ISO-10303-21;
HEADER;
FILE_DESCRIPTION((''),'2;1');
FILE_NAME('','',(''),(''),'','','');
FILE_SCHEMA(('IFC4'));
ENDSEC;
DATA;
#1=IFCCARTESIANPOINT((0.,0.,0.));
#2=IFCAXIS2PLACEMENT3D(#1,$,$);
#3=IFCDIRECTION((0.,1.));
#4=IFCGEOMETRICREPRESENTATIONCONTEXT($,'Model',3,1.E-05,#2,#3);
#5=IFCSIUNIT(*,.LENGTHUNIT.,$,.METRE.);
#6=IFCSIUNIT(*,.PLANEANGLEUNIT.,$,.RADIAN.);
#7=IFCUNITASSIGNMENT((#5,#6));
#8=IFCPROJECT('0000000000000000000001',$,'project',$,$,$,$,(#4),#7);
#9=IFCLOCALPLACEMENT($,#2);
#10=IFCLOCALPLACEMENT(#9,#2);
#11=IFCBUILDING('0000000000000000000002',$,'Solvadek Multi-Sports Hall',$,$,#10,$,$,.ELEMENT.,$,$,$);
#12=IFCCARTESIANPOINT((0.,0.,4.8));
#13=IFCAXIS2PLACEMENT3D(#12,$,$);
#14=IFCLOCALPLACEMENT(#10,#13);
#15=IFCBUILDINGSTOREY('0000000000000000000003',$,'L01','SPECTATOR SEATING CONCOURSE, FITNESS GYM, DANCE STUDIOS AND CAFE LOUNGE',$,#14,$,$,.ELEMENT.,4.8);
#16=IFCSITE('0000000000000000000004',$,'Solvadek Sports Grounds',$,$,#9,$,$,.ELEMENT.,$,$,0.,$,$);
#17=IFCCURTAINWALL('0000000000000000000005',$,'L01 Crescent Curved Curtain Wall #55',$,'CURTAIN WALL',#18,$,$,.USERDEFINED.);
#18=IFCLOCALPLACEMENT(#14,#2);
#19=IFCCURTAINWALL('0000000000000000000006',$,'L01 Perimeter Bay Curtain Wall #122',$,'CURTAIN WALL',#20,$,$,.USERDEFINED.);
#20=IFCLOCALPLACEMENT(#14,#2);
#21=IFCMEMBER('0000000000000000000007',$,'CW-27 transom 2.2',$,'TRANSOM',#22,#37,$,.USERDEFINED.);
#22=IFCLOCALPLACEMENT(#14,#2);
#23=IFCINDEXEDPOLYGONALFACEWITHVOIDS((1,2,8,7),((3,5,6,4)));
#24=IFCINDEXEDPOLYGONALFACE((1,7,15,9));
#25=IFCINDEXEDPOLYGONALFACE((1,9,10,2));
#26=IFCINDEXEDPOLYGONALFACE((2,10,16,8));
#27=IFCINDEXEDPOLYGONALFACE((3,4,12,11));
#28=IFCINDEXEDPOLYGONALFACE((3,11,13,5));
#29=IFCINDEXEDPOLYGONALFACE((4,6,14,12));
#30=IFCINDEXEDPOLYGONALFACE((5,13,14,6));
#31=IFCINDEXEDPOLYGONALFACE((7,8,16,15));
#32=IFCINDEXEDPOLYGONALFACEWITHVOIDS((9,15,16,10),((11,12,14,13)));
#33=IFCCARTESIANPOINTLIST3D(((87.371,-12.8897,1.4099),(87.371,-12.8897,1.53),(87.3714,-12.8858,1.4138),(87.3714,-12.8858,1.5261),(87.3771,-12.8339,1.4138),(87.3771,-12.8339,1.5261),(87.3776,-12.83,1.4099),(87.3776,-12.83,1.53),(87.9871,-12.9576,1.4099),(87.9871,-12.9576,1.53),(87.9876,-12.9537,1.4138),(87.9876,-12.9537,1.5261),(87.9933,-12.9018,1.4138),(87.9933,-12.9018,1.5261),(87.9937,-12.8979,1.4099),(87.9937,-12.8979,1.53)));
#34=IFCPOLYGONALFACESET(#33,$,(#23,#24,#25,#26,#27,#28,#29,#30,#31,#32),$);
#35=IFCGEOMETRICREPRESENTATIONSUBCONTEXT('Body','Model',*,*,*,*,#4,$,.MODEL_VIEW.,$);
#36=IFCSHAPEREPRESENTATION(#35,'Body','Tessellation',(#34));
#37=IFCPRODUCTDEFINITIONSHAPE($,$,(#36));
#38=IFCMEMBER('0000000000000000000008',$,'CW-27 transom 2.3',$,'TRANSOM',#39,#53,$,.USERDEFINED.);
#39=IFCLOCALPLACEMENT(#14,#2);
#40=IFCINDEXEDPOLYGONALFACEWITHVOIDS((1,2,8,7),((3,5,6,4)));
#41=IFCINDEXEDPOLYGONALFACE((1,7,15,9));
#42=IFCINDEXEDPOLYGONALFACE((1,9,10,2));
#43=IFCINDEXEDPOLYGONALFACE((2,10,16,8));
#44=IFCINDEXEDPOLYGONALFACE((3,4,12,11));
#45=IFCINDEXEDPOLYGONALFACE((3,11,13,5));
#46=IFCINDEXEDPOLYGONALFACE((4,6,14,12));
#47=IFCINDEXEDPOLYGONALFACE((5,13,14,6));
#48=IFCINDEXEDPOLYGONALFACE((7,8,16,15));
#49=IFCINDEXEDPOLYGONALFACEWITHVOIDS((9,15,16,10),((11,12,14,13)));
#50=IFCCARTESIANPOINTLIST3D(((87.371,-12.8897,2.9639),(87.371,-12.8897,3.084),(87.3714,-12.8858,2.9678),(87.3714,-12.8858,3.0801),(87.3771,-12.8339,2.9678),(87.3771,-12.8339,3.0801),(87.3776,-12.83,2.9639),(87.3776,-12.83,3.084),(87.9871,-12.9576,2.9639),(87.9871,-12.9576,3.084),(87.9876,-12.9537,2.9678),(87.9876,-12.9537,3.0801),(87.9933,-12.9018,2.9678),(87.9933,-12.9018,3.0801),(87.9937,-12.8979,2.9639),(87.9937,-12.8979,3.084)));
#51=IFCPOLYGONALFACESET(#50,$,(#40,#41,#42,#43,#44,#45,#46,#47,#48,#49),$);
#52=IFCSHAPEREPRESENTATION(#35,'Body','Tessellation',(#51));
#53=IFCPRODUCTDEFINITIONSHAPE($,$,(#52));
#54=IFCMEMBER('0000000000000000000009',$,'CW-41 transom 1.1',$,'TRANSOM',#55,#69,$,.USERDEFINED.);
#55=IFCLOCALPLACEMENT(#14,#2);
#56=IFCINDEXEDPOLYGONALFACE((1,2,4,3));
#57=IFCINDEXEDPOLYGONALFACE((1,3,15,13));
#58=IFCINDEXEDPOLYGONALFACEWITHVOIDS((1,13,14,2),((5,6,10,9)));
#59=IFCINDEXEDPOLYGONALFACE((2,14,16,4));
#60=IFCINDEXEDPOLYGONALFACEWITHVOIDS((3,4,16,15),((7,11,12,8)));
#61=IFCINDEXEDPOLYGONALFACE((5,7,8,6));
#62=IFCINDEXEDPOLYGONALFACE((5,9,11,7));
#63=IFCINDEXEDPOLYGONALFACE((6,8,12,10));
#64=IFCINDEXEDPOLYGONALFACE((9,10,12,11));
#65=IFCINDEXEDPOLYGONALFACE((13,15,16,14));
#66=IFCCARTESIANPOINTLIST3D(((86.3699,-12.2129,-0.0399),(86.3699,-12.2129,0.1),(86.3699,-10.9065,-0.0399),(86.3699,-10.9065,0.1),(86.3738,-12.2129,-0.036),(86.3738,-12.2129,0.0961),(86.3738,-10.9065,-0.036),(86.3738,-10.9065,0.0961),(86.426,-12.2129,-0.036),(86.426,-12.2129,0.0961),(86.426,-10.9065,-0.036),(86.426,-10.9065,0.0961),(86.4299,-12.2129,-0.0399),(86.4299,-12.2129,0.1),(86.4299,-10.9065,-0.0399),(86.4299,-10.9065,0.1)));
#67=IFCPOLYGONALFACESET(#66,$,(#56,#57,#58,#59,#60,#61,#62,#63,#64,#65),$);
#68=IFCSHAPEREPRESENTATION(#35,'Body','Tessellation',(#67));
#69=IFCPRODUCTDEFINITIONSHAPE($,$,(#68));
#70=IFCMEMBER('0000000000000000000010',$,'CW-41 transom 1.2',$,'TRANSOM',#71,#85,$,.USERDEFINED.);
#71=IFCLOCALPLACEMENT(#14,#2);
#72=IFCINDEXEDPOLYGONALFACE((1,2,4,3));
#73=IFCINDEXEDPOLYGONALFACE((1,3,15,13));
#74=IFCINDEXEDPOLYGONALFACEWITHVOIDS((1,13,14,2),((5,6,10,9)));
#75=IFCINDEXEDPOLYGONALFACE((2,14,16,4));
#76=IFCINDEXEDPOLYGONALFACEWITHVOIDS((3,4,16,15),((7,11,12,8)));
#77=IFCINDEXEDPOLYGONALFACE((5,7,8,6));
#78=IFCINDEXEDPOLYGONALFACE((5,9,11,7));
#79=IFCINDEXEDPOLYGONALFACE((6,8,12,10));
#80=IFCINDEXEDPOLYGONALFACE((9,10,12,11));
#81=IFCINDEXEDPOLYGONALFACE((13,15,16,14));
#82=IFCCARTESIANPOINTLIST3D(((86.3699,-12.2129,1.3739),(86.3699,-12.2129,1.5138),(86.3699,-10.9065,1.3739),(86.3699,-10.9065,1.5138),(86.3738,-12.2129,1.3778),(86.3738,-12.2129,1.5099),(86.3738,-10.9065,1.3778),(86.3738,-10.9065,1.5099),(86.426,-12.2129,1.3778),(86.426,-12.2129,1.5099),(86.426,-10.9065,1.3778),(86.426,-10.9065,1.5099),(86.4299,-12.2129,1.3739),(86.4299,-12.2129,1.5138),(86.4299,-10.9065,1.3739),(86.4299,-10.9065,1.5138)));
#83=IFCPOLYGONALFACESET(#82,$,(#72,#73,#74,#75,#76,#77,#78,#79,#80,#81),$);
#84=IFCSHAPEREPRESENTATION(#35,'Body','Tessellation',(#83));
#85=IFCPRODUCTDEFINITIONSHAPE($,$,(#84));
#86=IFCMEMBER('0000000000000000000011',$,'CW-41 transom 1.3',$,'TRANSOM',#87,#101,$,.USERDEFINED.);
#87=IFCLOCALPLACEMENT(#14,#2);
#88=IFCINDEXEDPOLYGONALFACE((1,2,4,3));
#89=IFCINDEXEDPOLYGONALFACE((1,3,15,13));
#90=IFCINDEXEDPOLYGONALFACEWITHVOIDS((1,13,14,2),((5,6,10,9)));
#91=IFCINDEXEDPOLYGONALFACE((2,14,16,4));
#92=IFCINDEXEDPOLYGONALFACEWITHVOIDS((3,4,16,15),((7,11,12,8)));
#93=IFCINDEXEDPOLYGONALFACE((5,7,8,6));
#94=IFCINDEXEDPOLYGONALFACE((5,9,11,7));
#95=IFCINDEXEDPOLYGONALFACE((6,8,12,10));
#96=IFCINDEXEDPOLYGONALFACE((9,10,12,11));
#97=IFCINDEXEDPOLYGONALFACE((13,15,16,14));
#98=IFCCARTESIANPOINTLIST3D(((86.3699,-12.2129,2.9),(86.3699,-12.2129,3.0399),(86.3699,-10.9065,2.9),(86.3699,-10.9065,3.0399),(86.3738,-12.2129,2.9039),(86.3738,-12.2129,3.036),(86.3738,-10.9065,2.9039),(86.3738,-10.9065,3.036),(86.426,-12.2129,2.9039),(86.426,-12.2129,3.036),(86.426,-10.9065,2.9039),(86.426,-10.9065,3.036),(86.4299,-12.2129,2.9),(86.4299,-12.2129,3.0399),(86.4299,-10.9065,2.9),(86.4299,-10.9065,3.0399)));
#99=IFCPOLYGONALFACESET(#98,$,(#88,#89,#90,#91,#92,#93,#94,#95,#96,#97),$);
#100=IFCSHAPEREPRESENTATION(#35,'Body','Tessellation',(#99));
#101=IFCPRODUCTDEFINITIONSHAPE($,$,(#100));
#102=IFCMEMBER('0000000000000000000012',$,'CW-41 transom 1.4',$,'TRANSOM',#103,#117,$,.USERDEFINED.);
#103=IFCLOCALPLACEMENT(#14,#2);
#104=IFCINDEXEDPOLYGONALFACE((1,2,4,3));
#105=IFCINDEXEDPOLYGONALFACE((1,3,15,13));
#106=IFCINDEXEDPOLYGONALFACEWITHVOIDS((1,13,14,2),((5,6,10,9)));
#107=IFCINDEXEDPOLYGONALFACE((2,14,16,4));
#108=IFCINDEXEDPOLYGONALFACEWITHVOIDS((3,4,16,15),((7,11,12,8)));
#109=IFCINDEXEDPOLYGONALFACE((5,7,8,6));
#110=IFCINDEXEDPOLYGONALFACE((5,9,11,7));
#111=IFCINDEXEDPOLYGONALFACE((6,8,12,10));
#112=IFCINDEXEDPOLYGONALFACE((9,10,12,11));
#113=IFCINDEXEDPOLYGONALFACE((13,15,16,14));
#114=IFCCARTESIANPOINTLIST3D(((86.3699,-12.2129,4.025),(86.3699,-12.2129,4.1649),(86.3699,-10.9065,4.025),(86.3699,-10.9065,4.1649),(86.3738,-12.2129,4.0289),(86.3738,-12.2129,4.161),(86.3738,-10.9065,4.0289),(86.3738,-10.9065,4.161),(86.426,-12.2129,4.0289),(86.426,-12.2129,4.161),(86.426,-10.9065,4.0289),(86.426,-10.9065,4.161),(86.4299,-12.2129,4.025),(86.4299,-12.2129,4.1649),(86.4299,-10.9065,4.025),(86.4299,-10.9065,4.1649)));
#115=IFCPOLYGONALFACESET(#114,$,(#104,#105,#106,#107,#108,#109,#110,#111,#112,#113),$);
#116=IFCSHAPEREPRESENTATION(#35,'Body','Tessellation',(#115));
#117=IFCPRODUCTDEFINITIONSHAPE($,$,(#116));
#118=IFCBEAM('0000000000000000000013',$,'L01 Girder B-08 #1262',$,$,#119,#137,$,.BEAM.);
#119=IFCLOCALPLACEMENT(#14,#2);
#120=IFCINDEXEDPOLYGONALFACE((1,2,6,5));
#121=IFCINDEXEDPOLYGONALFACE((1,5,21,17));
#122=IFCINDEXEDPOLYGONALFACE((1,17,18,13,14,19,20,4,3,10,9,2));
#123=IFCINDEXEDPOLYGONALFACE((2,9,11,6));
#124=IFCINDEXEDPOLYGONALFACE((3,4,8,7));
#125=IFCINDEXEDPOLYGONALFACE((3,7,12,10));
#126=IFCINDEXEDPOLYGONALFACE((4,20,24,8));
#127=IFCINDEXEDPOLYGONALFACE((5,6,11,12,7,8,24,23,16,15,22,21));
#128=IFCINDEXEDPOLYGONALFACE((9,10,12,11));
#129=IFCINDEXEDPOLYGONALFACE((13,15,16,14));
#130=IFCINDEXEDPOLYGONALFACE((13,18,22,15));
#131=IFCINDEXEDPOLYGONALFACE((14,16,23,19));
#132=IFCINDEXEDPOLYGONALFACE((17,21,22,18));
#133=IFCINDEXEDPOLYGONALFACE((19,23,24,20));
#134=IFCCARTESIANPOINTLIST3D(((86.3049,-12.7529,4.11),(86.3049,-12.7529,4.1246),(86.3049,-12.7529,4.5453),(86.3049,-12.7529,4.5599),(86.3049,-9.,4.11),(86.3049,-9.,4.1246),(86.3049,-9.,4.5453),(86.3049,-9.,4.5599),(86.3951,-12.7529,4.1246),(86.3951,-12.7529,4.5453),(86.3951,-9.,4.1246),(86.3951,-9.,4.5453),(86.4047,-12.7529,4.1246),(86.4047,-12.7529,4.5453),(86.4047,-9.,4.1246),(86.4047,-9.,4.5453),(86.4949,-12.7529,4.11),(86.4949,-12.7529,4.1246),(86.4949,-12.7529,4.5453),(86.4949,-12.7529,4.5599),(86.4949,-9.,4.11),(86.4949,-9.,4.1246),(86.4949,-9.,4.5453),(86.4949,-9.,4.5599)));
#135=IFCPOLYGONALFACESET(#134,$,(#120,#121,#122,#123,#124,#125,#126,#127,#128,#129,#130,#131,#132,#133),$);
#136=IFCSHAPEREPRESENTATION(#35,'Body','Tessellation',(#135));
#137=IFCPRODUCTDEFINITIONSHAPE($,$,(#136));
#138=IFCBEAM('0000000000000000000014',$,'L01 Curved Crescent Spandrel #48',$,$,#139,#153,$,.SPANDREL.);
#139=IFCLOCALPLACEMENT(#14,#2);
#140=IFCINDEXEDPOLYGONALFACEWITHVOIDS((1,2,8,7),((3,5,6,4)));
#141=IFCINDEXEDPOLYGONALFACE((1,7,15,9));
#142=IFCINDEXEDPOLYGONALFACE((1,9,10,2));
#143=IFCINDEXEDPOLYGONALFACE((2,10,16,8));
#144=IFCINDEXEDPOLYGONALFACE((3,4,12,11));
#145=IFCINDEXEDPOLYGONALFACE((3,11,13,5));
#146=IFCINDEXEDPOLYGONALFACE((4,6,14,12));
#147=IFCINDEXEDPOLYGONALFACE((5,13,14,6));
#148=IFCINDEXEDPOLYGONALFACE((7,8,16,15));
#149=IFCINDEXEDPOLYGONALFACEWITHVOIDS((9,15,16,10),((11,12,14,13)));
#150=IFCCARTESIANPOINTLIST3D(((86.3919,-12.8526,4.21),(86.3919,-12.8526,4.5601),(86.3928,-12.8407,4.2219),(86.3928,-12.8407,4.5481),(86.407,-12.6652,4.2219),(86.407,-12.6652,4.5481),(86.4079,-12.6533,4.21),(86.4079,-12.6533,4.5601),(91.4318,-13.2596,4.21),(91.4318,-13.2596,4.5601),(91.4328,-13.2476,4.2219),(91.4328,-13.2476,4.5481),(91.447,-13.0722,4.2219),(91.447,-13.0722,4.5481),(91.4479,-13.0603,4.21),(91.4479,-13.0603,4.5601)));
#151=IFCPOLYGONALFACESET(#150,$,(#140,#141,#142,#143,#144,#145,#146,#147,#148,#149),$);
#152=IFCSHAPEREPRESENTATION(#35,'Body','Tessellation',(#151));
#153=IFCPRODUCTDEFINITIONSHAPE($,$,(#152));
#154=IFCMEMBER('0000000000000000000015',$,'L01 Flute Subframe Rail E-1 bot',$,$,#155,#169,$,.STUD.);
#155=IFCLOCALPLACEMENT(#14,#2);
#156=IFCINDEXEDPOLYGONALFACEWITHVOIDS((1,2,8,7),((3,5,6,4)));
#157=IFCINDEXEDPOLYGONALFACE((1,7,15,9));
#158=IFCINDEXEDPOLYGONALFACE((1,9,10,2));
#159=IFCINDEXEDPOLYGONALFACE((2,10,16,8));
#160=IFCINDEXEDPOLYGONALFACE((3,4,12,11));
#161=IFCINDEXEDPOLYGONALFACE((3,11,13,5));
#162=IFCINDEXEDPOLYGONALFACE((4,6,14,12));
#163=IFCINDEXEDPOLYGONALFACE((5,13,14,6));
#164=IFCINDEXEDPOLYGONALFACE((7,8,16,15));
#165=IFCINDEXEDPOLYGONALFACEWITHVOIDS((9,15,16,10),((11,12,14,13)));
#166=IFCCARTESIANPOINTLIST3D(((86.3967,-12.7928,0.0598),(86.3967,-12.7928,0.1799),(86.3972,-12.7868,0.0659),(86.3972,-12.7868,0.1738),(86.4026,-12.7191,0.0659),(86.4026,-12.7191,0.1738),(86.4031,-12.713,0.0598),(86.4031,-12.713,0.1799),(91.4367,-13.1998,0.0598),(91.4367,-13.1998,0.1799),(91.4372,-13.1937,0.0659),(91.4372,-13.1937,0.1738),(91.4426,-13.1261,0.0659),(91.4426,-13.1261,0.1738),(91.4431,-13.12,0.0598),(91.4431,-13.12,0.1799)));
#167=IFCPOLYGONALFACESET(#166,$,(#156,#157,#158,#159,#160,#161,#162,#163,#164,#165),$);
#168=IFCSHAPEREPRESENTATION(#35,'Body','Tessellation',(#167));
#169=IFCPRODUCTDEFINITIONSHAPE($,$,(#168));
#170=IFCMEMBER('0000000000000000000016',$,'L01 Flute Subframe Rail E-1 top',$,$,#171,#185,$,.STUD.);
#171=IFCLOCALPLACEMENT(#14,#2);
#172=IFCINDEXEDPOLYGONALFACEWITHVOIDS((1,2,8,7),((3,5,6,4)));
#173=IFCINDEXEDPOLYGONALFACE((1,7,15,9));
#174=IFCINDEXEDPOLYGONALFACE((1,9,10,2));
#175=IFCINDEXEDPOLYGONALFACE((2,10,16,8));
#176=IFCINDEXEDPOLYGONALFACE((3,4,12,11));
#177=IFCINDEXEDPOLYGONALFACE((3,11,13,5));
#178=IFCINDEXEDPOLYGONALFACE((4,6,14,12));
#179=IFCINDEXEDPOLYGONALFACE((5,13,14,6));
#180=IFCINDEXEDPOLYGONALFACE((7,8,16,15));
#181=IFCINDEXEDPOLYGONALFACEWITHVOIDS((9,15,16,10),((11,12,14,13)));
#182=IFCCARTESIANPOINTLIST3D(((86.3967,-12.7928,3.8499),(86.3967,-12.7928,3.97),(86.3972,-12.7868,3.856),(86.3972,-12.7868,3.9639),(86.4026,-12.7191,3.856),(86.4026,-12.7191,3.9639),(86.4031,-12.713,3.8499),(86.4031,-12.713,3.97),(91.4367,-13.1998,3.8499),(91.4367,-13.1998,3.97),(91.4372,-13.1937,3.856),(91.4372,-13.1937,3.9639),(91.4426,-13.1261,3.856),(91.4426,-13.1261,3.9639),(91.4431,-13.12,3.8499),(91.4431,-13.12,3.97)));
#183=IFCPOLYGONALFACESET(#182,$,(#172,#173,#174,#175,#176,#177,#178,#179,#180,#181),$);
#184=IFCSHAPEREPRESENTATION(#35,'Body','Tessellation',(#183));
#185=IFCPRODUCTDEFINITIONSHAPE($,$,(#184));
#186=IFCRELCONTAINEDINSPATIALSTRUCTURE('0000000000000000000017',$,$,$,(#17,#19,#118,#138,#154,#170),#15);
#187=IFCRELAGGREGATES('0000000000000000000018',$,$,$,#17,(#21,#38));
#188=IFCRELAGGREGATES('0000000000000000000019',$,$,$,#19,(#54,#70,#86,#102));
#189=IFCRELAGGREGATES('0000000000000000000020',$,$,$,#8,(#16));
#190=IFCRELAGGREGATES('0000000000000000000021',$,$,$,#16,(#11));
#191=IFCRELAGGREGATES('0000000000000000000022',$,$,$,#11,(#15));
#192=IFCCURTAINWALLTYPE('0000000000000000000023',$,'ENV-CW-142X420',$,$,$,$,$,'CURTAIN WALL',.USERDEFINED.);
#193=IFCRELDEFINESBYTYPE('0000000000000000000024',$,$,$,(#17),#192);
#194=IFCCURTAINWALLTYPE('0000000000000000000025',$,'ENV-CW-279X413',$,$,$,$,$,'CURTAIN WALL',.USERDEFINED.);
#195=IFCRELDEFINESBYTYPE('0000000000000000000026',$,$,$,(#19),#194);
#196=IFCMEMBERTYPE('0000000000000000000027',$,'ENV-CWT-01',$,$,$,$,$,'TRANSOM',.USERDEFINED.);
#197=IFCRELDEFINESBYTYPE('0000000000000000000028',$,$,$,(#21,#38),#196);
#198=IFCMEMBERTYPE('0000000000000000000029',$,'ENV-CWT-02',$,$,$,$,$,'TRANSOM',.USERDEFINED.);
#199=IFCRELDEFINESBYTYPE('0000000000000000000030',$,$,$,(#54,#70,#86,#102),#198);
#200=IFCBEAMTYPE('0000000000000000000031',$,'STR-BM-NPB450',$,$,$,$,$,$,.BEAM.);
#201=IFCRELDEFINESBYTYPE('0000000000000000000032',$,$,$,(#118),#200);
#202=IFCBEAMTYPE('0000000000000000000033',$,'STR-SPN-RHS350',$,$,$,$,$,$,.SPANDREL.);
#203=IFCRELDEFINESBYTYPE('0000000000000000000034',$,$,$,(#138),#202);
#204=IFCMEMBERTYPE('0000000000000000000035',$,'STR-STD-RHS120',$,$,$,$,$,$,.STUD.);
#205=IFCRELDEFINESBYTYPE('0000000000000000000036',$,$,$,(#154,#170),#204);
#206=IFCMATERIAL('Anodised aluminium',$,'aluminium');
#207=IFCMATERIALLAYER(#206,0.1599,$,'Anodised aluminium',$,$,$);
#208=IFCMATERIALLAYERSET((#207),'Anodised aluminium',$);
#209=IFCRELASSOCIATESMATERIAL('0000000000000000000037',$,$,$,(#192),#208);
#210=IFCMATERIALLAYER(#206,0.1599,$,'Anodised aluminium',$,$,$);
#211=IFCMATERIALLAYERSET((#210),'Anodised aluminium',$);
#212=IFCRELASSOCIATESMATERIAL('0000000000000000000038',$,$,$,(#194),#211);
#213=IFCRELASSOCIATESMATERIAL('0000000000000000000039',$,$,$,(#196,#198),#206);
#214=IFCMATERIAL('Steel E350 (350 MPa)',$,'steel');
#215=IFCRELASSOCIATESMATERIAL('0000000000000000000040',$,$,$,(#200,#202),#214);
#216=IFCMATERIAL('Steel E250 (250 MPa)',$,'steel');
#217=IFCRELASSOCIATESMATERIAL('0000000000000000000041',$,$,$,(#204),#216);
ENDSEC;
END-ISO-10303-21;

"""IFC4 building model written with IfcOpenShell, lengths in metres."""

from ifc_helpers import new_model, si_unit, direction, frame, origin, origin_2d, place, context, subcontext, project, spatial, hollow_rectangle, i_section, extrude, material, layer, layer_set, material_profile, profile_set, type_object, element, aggregate, save


model = new_model("IFC4")

# Units and contexts
model_context = context("Model", 3, precision=1e-05, world=origin(), true_north=direction((0.0, 1.0)))
body_context = subcontext(model_context, "Body", "Model", "MODEL_VIEW")
ifc_project = project(units=[si_unit("LENGTHUNIT", "METRE"), si_unit("PLANEANGLEUNIT", "RADIAN")], contexts=[model_context])

# Site, building, storey
site_placement = place(None, origin())
site = spatial("IfcSite", under=ifc_project, at=site_placement, Name="Solvadek Sports Grounds", CompositionType="ELEMENT", RefElevation=0.0)
building_placement = place(site_placement, origin())
building = spatial("IfcBuilding", under=site, at=building_placement, Name="Solvadek Multi-Sports Hall", CompositionType="ELEMENT")
storey_placement = place(building_placement, frame((0.0, 0.0, 4.8)))
storey = spatial("IfcBuildingStorey", under=building, at=storey_placement, Name="L01", Description="SPECTATOR SEATING CONCOURSE, FITNESS GYM, DANCE STUDIOS AND CAFE LOUNGE", CompositionType="ELEMENT", Elevation=4.8)

# Shared definitions
ifc_material_1 = material(Name="Steel E350 (350 MPa)", Category="steel")

# Curtain walls
ifc_material_2 = material(Name="Anodised aluminium", Category="aluminium")
ifc_layer_1 = layer(ifc_material_2, 0.1599, Name="Anodised aluminium")
ifc_layer_set_1 = layer_set([ifc_layer_1], Name="Anodised aluminium")
curtain_wall_type_1 = type_object("IfcCurtainWallType", Name="ENV-CW-142X420", ElementType="CURTAIN WALL", PredefinedType="USERDEFINED", material=ifc_layer_set_1)
curtain_wall_1_placement = place(storey_placement, origin())
curtain_wall_1 = element("IfcCurtainWall", 1, at=curtain_wall_1_placement, inside=storey, type_object=curtain_wall_type_1, Name="L01 Crescent Curved Curtain Wall #55", ObjectType="CURTAIN WALL", PredefinedType="USERDEFINED")
ifc_layer_2 = layer(ifc_material_2, 0.1599, Name="Anodised aluminium")
ifc_layer_set_2 = layer_set([ifc_layer_2], Name="Anodised aluminium")
curtain_wall_type_2 = type_object("IfcCurtainWallType", Name="ENV-CW-279X413", ElementType="CURTAIN WALL", PredefinedType="USERDEFINED", material=ifc_layer_set_2)
curtain_wall_2_placement = place(storey_placement, origin())
curtain_wall_2 = element("IfcCurtainWall", 2, at=curtain_wall_2_placement, inside=storey, type_object=curtain_wall_type_2, Name="L01 Perimeter Bay Curtain Wall #122", ObjectType="CURTAIN WALL", PredefinedType="USERDEFINED")

# Members
ifc_material_profile_1 = material_profile(ifc_material_2, hollow_rectangle(XDim=0.0601, YDim=0.1201, WallThickness=0.0039, at=origin_2d()), Name="ALU-T 120x60x4")
ifc_profile_set_1 = profile_set([ifc_material_profile_1], Name="Anodised aluminium")
member_type_1 = type_object("IfcMemberType", Name="ENV-CWT-01", ElementType="TRANSOM", PredefinedType="USERDEFINED", material=ifc_profile_set_1)
member_1_placement = place(storey_placement, frame((87.3743, -12.8599, 1.47), z_axis=(0.993989, -0.109481, 0.0), x_axis=(0.109481, 0.993989, 0.0)))
member_1 = element("IfcMember", 3, at=member_1_placement, type_object=member_type_1, Name="CW-27 transom 2.2", ObjectType="TRANSOM", PredefinedType="USERDEFINED", context=body_context, shape_type="SweptSolid", body=[
    extrude(hollow_rectangle(XDim=0.0601, YDim=0.1201, WallThickness=0.0039, at=origin_2d()), origin(), (0.0, 0.0, 1.0), 0.6199),
])
member_2_placement = place(storey_placement, frame((87.3743, -12.8599, 3.0239), z_axis=(0.993989, -0.109481, 0.0), x_axis=(0.109481, 0.993989, 0.0)))
member_2 = element("IfcMember", 4, at=member_2_placement, type_object=member_type_1, Name="CW-27 transom 2.3", ObjectType="TRANSOM", PredefinedType="USERDEFINED", context=body_context, shape_type="SweptSolid", body=[
    extrude(hollow_rectangle(XDim=0.0601, YDim=0.1201, WallThickness=0.0039, at=origin_2d()), origin(), (0.0, 0.0, 1.0), 0.6199),
])
ifc_material_profile_2 = material_profile(ifc_material_2, hollow_rectangle(XDim=0.0601, YDim=0.1399, WallThickness=0.0039, at=origin_2d()), Name="ALU-T 140x60x4")
ifc_profile_set_2 = profile_set([ifc_material_profile_2], Name="Anodised aluminium")
member_type_2 = type_object("IfcMemberType", Name="ENV-CWT-02", ElementType="TRANSOM", PredefinedType="USERDEFINED", material=ifc_profile_set_2)
member_3_placement = place(storey_placement, frame((86.3999, -12.2129, 0.03), z_axis=(0.0, 1.0, 0.0), x_axis=(-1.0, 0.0, 0.0)))
member_3 = element("IfcMember", 5, at=member_3_placement, type_object=member_type_2, Name="CW-41 transom 1.1", ObjectType="TRANSOM", PredefinedType="USERDEFINED", context=body_context, shape_type="SweptSolid", body=[
    extrude(hollow_rectangle(XDim=0.0601, YDim=0.1399, WallThickness=0.0039, at=origin_2d()), origin(), (0.0, 0.0, 1.0), 1.3064),
])
member_4_placement = place(storey_placement, frame((86.3999, -12.2129, 1.4438), z_axis=(0.0, 1.0, 0.0), x_axis=(-1.0, 0.0, 0.0)))
member_4 = element("IfcMember", 6, at=member_4_placement, type_object=member_type_2, Name="CW-41 transom 1.2", ObjectType="TRANSOM", PredefinedType="USERDEFINED", context=body_context, shape_type="SweptSolid", body=[
    extrude(hollow_rectangle(XDim=0.0601, YDim=0.1399, WallThickness=0.0039, at=origin_2d()), origin(), (0.0, 0.0, 1.0), 1.3064),
])
member_5_placement = place(storey_placement, frame((86.3999, -12.2129, 2.97), z_axis=(0.0, 1.0, 0.0), x_axis=(-1.0, 0.0, 0.0)))
member_5 = element("IfcMember", 7, at=member_5_placement, type_object=member_type_2, Name="CW-41 transom 1.3", ObjectType="TRANSOM", PredefinedType="USERDEFINED", context=body_context, shape_type="SweptSolid", body=[
    extrude(hollow_rectangle(XDim=0.0601, YDim=0.1399, WallThickness=0.0039, at=origin_2d()), origin(), (0.0, 0.0, 1.0), 1.3064),
])
member_6_placement = place(storey_placement, frame((86.3999, -12.2129, 4.095), z_axis=(0.0, 1.0, 0.0), x_axis=(-1.0, 0.0, 0.0)))
member_6 = element("IfcMember", 8, at=member_6_placement, type_object=member_type_2, Name="CW-41 transom 1.4", ObjectType="TRANSOM", PredefinedType="USERDEFINED", context=body_context, shape_type="SweptSolid", body=[
    extrude(hollow_rectangle(XDim=0.0601, YDim=0.1399, WallThickness=0.0039, at=origin_2d()), origin(), (0.0, 0.0, 1.0), 1.3064),
])

# Beams
ifc_material_profile_3 = material_profile(ifc_material_1, i_section(OverallWidth=0.1899, OverallDepth=0.45, WebThickness=0.0095, FlangeThickness=0.0146, at=origin_2d()), Name="NPB 450")
ifc_profile_set_3 = profile_set([ifc_material_profile_3], Name="Steel E350 (350 MPa)")
beam_type_1 = type_object("IfcBeamType", Name="STR-BM-NPB450", PredefinedType="BEAM", material=ifc_profile_set_3)
beam_1_placement = place(storey_placement, frame((86.3999, -12.7529, 4.335), z_axis=(0.0, 1.0, 0.0), x_axis=(-1.0, 0.0, 0.0)))
element("IfcBeam", 9, at=beam_1_placement, inside=storey, type_object=beam_type_1, Name="L01 Girder B-08 #1262", PredefinedType="BEAM", context=body_context, shape_type="SweptSolid", body=[
    extrude(i_section(OverallWidth=0.1899, OverallDepth=0.45, WebThickness=0.0095, FlangeThickness=0.0146, at=origin_2d()), origin(), (0.0, 0.0, 1.0), 3.7529),
])
ifc_material_profile_4 = material_profile(ifc_material_1, hollow_rectangle(XDim=0.2, YDim=0.3501, WallThickness=0.012, at=origin_2d()), Name="RHS 350x200x12")
ifc_profile_set_4 = profile_set([ifc_material_profile_4], Name="Steel E350 (350 MPa)")
beam_type_2 = type_object("IfcBeamType", Name="STR-SPN-RHS350", PredefinedType="SPANDREL", material=ifc_profile_set_4)
beam_2_placement = place(storey_placement, frame((86.3999, -12.7529, 4.385), z_axis=(0.996756, -0.080488, 0.0), x_axis=(0.080488, 0.996756, 0.0)))
element("IfcBeam", 10, at=beam_2_placement, inside=storey, type_object=beam_type_2, Name="L01 Curved Crescent Spandrel #48", PredefinedType="SPANDREL", context=body_context, shape_type="SweptSolid", body=[
    extrude(hollow_rectangle(XDim=0.2, YDim=0.3501, WallThickness=0.012, at=origin_2d()), origin(), (0.0, 0.0, 1.0), 5.0564),
])

# Members
ifc_material_3 = material(Name="Steel E250 (250 MPa)", Category="steel")
ifc_material_profile_5 = material_profile(ifc_material_3, hollow_rectangle(XDim=0.0801, YDim=0.1201, WallThickness=0.0061, at=origin_2d()), Name="RHS 120x80x6")
ifc_profile_set_5 = profile_set([ifc_material_profile_5], Name="Steel E250 (250 MPa)")
member_type_3 = type_object("IfcMemberType", Name="STR-STD-RHS120", PredefinedType="STUD", material=ifc_profile_set_5)
for number, where, z_axis, x_axis, name in (
    (11, (86.3999, -12.7529, 0.1199), (0.996756, -0.080488, 0.0), (0.080488, 0.996756, 0.0), "L01 Flute Subframe Rail E-1 bot"),
    (12, (86.3999, -12.7529, 3.9099), (0.996756, -0.080488, 0.0), (0.080488, 0.996756, 0.0), "L01 Flute Subframe Rail E-1 top"),
):
    element("IfcMember", number, at=place(storey_placement, frame(where, z_axis=z_axis, x_axis=x_axis)), inside=storey, type_object=member_type_3, Name=name, PredefinedType="STUD", context=body_context, shape_type="SweptSolid", body=[
        extrude(hollow_rectangle(XDim=0.0801, YDim=0.1201, WallThickness=0.0061, at=origin_2d()), origin(), (0.0, 0.0, 1.0), 5.0564),
    ])

aggregate(curtain_wall_1, [member_1, member_2])
aggregate(curtain_wall_2, [member_3, member_4, member_5, member_6])

save(model, "model.ifc")
